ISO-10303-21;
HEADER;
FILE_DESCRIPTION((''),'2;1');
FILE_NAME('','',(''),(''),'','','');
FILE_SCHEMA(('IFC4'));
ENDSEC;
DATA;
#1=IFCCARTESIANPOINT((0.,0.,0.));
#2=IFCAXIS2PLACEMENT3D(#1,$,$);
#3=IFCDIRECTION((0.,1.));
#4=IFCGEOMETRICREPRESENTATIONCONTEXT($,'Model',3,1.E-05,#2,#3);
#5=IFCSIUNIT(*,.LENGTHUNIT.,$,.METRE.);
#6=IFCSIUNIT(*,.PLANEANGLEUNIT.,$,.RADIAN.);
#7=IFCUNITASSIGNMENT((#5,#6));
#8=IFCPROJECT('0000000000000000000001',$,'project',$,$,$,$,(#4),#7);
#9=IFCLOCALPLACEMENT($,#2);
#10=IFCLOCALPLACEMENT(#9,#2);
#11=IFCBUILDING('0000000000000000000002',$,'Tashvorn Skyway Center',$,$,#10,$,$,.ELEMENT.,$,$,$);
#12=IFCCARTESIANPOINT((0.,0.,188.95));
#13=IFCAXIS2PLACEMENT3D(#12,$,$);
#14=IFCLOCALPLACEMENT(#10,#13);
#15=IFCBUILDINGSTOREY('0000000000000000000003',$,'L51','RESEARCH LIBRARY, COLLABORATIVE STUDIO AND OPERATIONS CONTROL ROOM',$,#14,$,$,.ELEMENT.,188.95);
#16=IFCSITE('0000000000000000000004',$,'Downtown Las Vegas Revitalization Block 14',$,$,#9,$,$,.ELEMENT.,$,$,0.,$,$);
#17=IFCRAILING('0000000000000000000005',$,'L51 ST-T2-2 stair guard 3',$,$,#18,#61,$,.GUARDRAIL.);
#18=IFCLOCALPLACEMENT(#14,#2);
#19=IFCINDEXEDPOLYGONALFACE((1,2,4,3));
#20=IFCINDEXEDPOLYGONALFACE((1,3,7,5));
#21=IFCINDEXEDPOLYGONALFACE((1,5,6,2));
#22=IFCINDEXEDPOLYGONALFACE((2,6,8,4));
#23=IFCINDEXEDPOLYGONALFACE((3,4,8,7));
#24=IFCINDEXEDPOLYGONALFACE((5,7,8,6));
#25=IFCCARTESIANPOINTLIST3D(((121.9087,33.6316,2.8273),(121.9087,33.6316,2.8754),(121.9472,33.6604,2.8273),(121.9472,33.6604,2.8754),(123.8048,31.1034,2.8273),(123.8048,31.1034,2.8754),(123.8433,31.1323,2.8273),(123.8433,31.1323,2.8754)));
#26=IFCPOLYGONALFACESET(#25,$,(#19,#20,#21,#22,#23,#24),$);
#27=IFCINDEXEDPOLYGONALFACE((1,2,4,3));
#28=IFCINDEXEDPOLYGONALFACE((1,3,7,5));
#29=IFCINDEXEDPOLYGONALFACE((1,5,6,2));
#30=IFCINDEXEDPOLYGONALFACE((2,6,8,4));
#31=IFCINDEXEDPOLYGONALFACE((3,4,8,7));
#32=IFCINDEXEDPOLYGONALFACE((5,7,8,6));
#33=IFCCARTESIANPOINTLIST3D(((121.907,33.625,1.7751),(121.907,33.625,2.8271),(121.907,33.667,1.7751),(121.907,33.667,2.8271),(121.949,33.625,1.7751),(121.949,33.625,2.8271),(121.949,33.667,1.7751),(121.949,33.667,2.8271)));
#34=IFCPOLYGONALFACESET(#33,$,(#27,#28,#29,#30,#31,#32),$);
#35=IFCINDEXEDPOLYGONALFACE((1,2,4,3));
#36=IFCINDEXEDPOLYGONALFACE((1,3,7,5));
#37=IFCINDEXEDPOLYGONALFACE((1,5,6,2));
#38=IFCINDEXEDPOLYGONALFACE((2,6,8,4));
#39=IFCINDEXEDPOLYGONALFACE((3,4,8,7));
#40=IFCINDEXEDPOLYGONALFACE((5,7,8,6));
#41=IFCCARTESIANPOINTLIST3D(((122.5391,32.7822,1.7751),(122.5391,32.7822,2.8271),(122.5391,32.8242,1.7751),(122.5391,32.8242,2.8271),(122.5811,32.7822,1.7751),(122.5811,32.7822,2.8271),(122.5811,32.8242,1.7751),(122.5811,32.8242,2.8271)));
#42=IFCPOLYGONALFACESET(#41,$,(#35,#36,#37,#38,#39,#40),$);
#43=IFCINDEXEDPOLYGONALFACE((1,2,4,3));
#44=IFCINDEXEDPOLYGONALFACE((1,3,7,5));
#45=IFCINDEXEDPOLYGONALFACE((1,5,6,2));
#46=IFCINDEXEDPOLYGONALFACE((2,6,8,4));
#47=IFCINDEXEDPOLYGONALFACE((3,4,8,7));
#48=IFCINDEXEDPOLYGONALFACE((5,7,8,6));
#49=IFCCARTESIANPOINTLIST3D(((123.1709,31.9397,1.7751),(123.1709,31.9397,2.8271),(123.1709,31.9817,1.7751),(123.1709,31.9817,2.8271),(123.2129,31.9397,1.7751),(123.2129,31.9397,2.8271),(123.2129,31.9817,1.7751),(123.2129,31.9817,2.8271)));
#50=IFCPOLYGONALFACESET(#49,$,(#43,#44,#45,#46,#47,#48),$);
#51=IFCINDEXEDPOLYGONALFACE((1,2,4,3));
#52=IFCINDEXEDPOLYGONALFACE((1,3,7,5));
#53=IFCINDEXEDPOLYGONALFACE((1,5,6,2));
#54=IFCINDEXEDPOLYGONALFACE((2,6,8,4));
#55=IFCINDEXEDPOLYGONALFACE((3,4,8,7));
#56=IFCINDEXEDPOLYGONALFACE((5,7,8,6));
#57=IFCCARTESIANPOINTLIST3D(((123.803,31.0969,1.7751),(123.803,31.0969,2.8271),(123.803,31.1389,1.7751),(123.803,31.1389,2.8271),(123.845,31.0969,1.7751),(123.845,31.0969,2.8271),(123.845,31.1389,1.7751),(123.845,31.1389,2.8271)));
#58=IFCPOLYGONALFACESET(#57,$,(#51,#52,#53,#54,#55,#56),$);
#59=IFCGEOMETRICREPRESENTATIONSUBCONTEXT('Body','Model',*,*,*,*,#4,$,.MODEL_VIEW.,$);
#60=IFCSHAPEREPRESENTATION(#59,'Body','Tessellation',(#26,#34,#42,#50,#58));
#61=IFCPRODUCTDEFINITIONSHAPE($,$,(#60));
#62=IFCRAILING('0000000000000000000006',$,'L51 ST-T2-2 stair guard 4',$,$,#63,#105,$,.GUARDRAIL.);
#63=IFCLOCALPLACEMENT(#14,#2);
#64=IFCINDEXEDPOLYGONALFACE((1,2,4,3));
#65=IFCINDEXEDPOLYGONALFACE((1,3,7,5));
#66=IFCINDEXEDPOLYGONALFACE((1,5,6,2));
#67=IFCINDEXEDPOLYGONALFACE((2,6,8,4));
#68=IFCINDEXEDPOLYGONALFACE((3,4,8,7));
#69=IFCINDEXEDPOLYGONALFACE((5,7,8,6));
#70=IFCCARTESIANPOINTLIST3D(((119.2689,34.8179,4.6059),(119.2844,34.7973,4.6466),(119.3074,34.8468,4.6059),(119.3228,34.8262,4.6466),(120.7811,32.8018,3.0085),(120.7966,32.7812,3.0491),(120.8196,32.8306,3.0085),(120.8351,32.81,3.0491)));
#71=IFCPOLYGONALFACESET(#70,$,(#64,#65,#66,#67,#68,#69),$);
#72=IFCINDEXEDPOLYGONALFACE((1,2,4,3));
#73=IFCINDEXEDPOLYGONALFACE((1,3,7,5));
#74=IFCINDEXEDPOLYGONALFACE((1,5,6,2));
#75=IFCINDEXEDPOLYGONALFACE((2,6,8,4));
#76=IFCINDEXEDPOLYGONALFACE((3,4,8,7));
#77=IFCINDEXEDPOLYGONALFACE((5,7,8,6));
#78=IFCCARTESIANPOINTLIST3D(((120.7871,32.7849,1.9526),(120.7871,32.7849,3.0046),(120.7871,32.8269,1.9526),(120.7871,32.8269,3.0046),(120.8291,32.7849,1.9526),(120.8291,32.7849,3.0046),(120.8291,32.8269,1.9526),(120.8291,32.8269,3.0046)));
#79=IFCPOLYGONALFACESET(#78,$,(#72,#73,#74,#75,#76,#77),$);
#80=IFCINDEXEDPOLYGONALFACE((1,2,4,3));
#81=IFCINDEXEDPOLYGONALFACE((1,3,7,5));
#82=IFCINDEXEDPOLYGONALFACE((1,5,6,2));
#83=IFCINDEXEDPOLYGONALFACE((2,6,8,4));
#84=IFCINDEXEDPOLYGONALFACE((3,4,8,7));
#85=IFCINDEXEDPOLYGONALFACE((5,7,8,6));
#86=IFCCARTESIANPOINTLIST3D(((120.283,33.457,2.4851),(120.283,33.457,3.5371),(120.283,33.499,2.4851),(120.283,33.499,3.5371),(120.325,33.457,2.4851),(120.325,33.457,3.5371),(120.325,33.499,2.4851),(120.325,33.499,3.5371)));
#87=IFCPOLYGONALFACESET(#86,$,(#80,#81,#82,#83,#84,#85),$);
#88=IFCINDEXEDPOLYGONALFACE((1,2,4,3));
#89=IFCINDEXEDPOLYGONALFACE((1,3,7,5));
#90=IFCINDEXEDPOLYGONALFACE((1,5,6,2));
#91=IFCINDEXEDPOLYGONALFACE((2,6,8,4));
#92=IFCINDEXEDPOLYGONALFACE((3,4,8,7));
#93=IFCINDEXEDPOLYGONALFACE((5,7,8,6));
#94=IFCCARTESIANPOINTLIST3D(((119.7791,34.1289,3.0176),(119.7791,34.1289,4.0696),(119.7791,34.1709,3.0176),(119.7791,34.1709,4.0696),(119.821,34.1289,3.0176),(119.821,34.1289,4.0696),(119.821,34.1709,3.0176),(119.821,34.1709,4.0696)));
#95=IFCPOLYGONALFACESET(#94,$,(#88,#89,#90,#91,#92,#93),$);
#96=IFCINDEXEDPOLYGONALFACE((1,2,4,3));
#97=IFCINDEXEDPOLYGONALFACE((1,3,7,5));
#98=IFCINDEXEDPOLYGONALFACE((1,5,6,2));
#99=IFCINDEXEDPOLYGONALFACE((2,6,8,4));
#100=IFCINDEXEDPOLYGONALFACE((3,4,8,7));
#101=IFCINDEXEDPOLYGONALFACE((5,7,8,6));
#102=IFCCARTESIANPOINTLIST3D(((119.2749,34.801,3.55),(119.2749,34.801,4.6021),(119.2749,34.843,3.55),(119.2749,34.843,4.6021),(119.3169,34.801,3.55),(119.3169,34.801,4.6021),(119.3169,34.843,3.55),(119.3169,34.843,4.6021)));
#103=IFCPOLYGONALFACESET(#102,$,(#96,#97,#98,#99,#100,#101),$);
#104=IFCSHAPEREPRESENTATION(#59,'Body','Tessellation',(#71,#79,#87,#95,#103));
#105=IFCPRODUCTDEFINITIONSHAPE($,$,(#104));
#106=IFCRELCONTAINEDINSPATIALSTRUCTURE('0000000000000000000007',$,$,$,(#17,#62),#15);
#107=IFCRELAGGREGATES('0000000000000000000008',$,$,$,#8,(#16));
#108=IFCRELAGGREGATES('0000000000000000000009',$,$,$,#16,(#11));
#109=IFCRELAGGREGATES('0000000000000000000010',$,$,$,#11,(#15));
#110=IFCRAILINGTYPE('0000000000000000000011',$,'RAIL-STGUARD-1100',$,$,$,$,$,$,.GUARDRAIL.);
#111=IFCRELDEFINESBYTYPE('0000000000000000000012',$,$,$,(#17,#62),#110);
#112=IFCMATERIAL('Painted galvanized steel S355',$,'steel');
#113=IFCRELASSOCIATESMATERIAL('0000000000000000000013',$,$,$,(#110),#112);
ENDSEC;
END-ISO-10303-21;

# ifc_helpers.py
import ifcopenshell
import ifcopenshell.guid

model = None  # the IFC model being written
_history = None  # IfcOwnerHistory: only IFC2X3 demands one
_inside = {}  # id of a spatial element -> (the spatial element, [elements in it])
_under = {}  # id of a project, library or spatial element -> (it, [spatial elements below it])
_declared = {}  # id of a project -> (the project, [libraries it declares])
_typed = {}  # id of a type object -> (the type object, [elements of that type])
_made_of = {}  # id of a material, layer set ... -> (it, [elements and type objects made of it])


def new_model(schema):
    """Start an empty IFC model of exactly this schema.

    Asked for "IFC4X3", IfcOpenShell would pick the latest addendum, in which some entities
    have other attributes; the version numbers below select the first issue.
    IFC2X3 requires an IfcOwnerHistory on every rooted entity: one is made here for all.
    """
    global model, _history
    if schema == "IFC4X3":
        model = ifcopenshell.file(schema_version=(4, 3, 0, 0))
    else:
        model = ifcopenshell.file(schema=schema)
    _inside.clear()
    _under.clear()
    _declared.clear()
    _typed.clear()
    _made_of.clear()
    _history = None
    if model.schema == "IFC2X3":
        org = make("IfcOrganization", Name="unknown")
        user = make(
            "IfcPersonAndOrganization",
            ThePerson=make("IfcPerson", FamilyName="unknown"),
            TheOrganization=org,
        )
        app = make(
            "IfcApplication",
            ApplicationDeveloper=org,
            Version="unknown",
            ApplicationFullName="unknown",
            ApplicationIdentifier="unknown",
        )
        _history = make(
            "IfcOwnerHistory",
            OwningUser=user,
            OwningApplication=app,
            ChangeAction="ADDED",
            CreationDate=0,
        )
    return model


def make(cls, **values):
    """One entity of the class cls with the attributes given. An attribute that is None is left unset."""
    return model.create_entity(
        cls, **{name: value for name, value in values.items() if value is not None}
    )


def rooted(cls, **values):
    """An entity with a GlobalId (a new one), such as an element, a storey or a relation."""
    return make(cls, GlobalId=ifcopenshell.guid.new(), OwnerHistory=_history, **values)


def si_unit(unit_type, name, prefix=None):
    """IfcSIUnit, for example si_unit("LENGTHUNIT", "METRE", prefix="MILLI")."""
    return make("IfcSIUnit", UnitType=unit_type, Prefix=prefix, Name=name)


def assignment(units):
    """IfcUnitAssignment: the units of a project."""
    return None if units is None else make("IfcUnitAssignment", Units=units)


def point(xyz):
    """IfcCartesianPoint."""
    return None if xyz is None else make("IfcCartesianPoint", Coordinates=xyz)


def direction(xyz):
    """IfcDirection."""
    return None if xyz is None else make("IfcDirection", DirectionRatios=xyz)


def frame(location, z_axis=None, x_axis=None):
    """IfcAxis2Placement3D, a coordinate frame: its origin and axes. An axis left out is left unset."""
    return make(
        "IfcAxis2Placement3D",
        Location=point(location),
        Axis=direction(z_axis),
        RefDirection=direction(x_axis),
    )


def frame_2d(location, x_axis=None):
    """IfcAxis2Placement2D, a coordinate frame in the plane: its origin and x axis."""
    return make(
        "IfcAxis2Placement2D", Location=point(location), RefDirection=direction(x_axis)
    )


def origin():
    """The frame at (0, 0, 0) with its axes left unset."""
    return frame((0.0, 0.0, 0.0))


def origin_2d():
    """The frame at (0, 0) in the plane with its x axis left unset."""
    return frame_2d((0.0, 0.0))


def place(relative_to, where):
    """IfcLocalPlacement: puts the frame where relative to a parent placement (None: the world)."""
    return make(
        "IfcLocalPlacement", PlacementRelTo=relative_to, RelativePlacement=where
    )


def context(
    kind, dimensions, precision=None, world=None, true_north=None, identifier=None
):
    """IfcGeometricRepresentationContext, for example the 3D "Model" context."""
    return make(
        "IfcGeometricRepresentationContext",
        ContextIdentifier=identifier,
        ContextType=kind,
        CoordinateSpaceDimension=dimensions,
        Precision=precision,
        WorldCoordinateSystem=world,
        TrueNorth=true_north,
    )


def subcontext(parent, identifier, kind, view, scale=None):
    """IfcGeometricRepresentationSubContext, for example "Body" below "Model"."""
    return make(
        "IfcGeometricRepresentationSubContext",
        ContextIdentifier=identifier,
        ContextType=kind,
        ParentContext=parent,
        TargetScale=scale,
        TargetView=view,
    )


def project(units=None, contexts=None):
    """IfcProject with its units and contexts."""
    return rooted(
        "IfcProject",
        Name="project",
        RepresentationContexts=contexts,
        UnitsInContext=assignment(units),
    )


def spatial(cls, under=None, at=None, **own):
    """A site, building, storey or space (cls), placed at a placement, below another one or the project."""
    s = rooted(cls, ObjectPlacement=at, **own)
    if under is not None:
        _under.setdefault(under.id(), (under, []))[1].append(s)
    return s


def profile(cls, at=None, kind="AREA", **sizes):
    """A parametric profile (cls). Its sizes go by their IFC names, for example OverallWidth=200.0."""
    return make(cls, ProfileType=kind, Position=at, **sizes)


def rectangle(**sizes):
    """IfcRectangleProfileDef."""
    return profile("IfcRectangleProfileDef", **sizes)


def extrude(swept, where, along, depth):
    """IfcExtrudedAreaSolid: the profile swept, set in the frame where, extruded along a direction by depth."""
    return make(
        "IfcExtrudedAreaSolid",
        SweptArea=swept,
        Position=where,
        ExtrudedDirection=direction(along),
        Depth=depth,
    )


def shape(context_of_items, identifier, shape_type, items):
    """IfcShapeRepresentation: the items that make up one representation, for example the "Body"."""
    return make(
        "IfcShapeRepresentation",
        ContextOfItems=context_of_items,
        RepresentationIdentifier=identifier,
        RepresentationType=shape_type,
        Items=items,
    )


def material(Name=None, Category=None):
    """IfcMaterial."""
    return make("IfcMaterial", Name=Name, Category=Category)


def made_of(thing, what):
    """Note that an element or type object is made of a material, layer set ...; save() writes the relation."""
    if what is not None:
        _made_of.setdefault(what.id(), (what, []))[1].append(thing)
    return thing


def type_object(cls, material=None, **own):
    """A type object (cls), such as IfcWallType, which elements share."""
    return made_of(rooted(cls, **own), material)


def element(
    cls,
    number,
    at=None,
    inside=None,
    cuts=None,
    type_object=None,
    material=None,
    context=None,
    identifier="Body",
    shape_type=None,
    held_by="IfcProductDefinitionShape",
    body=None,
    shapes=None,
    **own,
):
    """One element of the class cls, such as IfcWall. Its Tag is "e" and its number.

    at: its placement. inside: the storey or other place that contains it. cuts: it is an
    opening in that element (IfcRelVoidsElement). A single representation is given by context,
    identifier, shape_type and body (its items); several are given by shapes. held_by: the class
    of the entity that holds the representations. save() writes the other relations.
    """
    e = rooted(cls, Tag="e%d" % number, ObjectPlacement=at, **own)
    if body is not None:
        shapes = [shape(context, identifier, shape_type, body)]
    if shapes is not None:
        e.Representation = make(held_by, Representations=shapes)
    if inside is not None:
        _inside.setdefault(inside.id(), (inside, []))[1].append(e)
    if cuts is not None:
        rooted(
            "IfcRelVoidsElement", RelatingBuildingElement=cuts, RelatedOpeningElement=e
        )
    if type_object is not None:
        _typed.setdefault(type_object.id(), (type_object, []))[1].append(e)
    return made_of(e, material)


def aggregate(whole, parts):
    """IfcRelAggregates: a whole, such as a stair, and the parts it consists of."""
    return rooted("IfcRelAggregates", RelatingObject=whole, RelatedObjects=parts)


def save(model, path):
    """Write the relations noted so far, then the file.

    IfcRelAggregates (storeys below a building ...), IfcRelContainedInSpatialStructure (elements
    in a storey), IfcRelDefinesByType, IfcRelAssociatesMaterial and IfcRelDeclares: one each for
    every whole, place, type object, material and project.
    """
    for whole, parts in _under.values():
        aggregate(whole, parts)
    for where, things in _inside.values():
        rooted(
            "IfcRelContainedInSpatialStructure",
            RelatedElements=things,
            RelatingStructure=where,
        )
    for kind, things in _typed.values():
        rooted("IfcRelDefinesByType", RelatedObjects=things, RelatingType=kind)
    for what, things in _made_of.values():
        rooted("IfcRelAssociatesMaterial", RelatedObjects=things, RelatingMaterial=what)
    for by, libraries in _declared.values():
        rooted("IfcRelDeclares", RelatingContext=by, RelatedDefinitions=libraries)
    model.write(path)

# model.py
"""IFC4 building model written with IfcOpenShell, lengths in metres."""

from ifc_helpers import new_model, si_unit, direction, frame, origin, origin_2d, place, context, subcontext, project, spatial, rectangle, extrude, material, type_object, element, save


model = new_model("IFC4")

# Units and contexts
model_context = context("Model", 3, precision=1e-05, world=origin(), true_north=direction((0.0, 1.0)))
body_context = subcontext(model_context, "Body", "Model", "MODEL_VIEW")
ifc_project = project(units=[si_unit("LENGTHUNIT", "METRE"), si_unit("PLANEANGLEUNIT", "RADIAN")], contexts=[model_context])

# Site, building, storey
site_placement = place(None, origin())
site = spatial("IfcSite", under=ifc_project, at=site_placement, Name="Downtown Las Vegas Revitalization Block 14", CompositionType="ELEMENT", RefElevation=0.0)
building_placement = place(site_placement, origin())
building = spatial("IfcBuilding", under=site, at=building_placement, Name="Tashvorn Skyway Center", CompositionType="ELEMENT")
storey_placement = place(building_placement, frame((0.0, 0.0, 188.95)))
storey = spatial("IfcBuildingStorey", under=building, at=storey_placement, Name="L51", Description="RESEARCH LIBRARY, COLLABORATIVE STUDIO AND OPERATIONS CONTROL ROOM", CompositionType="ELEMENT", Elevation=188.95)

# Railings
ifc_material_1 = material(Name="Painted galvanized steel S355", Category="steel")
railing_type_1 = type_object("IfcRailingType", Name="RAIL-STGUARD-1100", PredefinedType="GUARDRAIL", material=ifc_material_1)
railing_1_placement = place(storey_placement, frame((121.928, 33.646, 1.7751)))
element("IfcRailing", 1, at=railing_1_placement, inside=storey, type_object=railing_type_1, Name="L51 ST-T2-2 stair guard 3", PredefinedType="GUARDRAIL", context=body_context, shape_type="SweptSolid", body=[
    extrude(rectangle(XDim=0.0481, YDim=0.0481, at=origin_2d()), frame((0.0, 0.0, 1.0762), z_axis=(0.599988, -0.800009, 0.0), x_axis=(0.800009, 0.599988, 0.0)), (0.0, 0.0, 1.0), 3.1602),
    extrude(rectangle(XDim=0.042, YDim=0.042, at=origin_2d()), origin(), (0.0, 0.0, 1.0), 1.052),
    extrude(rectangle(XDim=0.042, YDim=0.042, at=origin_2d()), frame((0.6321, -0.8428, 0.0)), (0.0, 0.0, 1.0), 1.052),
    extrude(rectangle(XDim=0.042, YDim=0.042, at=origin_2d()), frame((1.2639, -1.6853, 0.0)), (0.0, 0.0, 1.0), 1.052),
    extrude(rectangle(XDim=0.042, YDim=0.042, at=origin_2d()), frame((1.896, -2.5281, 0.0)), (0.0, 0.0, 1.0), 1.052),
])
railing_2_placement = place(storey_placement, frame((120.8081, 32.8059, 1.9526)))
element("IfcRailing", 2, at=railing_2_placement, inside=storey, type_object=railing_type_1, Name="L51 ST-T2-2 stair guard 4", PredefinedType="GUARDRAIL", context=body_context, shape_type="SweptSolid", body=[
    extrude(rectangle(XDim=0.0481, YDim=0.0481, at=origin_2d()), frame((0.0, 0.0, 1.0762), z_axis=(-0.506802, 0.675681, 0.535357), x_axis=(-0.799977, -0.600031, 0.0)), (0.0, 0.0, 1.0), 2.9839),
    extrude(rectangle(XDim=0.042, YDim=0.042, at=origin_2d()), origin(), (0.0, 0.0, 1.0), 1.052),
    extrude(rectangle(XDim=0.042, YDim=0.042, at=origin_2d()), frame((-0.5042, 0.6721, 0.5325)), (0.0, 0.0, 1.0), 1.052),
    extrude(rectangle(XDim=0.042, YDim=0.042, at=origin_2d()), frame((-1.0081, 1.344, 1.0649)), (0.0, 0.0, 1.0), 1.052),
    extrude(rectangle(XDim=0.042, YDim=0.042, at=origin_2d()), frame((-1.5122, 2.0161, 1.5974)), (0.0, 0.0, 1.0), 1.052),
])

save(model, "model.ifc")
